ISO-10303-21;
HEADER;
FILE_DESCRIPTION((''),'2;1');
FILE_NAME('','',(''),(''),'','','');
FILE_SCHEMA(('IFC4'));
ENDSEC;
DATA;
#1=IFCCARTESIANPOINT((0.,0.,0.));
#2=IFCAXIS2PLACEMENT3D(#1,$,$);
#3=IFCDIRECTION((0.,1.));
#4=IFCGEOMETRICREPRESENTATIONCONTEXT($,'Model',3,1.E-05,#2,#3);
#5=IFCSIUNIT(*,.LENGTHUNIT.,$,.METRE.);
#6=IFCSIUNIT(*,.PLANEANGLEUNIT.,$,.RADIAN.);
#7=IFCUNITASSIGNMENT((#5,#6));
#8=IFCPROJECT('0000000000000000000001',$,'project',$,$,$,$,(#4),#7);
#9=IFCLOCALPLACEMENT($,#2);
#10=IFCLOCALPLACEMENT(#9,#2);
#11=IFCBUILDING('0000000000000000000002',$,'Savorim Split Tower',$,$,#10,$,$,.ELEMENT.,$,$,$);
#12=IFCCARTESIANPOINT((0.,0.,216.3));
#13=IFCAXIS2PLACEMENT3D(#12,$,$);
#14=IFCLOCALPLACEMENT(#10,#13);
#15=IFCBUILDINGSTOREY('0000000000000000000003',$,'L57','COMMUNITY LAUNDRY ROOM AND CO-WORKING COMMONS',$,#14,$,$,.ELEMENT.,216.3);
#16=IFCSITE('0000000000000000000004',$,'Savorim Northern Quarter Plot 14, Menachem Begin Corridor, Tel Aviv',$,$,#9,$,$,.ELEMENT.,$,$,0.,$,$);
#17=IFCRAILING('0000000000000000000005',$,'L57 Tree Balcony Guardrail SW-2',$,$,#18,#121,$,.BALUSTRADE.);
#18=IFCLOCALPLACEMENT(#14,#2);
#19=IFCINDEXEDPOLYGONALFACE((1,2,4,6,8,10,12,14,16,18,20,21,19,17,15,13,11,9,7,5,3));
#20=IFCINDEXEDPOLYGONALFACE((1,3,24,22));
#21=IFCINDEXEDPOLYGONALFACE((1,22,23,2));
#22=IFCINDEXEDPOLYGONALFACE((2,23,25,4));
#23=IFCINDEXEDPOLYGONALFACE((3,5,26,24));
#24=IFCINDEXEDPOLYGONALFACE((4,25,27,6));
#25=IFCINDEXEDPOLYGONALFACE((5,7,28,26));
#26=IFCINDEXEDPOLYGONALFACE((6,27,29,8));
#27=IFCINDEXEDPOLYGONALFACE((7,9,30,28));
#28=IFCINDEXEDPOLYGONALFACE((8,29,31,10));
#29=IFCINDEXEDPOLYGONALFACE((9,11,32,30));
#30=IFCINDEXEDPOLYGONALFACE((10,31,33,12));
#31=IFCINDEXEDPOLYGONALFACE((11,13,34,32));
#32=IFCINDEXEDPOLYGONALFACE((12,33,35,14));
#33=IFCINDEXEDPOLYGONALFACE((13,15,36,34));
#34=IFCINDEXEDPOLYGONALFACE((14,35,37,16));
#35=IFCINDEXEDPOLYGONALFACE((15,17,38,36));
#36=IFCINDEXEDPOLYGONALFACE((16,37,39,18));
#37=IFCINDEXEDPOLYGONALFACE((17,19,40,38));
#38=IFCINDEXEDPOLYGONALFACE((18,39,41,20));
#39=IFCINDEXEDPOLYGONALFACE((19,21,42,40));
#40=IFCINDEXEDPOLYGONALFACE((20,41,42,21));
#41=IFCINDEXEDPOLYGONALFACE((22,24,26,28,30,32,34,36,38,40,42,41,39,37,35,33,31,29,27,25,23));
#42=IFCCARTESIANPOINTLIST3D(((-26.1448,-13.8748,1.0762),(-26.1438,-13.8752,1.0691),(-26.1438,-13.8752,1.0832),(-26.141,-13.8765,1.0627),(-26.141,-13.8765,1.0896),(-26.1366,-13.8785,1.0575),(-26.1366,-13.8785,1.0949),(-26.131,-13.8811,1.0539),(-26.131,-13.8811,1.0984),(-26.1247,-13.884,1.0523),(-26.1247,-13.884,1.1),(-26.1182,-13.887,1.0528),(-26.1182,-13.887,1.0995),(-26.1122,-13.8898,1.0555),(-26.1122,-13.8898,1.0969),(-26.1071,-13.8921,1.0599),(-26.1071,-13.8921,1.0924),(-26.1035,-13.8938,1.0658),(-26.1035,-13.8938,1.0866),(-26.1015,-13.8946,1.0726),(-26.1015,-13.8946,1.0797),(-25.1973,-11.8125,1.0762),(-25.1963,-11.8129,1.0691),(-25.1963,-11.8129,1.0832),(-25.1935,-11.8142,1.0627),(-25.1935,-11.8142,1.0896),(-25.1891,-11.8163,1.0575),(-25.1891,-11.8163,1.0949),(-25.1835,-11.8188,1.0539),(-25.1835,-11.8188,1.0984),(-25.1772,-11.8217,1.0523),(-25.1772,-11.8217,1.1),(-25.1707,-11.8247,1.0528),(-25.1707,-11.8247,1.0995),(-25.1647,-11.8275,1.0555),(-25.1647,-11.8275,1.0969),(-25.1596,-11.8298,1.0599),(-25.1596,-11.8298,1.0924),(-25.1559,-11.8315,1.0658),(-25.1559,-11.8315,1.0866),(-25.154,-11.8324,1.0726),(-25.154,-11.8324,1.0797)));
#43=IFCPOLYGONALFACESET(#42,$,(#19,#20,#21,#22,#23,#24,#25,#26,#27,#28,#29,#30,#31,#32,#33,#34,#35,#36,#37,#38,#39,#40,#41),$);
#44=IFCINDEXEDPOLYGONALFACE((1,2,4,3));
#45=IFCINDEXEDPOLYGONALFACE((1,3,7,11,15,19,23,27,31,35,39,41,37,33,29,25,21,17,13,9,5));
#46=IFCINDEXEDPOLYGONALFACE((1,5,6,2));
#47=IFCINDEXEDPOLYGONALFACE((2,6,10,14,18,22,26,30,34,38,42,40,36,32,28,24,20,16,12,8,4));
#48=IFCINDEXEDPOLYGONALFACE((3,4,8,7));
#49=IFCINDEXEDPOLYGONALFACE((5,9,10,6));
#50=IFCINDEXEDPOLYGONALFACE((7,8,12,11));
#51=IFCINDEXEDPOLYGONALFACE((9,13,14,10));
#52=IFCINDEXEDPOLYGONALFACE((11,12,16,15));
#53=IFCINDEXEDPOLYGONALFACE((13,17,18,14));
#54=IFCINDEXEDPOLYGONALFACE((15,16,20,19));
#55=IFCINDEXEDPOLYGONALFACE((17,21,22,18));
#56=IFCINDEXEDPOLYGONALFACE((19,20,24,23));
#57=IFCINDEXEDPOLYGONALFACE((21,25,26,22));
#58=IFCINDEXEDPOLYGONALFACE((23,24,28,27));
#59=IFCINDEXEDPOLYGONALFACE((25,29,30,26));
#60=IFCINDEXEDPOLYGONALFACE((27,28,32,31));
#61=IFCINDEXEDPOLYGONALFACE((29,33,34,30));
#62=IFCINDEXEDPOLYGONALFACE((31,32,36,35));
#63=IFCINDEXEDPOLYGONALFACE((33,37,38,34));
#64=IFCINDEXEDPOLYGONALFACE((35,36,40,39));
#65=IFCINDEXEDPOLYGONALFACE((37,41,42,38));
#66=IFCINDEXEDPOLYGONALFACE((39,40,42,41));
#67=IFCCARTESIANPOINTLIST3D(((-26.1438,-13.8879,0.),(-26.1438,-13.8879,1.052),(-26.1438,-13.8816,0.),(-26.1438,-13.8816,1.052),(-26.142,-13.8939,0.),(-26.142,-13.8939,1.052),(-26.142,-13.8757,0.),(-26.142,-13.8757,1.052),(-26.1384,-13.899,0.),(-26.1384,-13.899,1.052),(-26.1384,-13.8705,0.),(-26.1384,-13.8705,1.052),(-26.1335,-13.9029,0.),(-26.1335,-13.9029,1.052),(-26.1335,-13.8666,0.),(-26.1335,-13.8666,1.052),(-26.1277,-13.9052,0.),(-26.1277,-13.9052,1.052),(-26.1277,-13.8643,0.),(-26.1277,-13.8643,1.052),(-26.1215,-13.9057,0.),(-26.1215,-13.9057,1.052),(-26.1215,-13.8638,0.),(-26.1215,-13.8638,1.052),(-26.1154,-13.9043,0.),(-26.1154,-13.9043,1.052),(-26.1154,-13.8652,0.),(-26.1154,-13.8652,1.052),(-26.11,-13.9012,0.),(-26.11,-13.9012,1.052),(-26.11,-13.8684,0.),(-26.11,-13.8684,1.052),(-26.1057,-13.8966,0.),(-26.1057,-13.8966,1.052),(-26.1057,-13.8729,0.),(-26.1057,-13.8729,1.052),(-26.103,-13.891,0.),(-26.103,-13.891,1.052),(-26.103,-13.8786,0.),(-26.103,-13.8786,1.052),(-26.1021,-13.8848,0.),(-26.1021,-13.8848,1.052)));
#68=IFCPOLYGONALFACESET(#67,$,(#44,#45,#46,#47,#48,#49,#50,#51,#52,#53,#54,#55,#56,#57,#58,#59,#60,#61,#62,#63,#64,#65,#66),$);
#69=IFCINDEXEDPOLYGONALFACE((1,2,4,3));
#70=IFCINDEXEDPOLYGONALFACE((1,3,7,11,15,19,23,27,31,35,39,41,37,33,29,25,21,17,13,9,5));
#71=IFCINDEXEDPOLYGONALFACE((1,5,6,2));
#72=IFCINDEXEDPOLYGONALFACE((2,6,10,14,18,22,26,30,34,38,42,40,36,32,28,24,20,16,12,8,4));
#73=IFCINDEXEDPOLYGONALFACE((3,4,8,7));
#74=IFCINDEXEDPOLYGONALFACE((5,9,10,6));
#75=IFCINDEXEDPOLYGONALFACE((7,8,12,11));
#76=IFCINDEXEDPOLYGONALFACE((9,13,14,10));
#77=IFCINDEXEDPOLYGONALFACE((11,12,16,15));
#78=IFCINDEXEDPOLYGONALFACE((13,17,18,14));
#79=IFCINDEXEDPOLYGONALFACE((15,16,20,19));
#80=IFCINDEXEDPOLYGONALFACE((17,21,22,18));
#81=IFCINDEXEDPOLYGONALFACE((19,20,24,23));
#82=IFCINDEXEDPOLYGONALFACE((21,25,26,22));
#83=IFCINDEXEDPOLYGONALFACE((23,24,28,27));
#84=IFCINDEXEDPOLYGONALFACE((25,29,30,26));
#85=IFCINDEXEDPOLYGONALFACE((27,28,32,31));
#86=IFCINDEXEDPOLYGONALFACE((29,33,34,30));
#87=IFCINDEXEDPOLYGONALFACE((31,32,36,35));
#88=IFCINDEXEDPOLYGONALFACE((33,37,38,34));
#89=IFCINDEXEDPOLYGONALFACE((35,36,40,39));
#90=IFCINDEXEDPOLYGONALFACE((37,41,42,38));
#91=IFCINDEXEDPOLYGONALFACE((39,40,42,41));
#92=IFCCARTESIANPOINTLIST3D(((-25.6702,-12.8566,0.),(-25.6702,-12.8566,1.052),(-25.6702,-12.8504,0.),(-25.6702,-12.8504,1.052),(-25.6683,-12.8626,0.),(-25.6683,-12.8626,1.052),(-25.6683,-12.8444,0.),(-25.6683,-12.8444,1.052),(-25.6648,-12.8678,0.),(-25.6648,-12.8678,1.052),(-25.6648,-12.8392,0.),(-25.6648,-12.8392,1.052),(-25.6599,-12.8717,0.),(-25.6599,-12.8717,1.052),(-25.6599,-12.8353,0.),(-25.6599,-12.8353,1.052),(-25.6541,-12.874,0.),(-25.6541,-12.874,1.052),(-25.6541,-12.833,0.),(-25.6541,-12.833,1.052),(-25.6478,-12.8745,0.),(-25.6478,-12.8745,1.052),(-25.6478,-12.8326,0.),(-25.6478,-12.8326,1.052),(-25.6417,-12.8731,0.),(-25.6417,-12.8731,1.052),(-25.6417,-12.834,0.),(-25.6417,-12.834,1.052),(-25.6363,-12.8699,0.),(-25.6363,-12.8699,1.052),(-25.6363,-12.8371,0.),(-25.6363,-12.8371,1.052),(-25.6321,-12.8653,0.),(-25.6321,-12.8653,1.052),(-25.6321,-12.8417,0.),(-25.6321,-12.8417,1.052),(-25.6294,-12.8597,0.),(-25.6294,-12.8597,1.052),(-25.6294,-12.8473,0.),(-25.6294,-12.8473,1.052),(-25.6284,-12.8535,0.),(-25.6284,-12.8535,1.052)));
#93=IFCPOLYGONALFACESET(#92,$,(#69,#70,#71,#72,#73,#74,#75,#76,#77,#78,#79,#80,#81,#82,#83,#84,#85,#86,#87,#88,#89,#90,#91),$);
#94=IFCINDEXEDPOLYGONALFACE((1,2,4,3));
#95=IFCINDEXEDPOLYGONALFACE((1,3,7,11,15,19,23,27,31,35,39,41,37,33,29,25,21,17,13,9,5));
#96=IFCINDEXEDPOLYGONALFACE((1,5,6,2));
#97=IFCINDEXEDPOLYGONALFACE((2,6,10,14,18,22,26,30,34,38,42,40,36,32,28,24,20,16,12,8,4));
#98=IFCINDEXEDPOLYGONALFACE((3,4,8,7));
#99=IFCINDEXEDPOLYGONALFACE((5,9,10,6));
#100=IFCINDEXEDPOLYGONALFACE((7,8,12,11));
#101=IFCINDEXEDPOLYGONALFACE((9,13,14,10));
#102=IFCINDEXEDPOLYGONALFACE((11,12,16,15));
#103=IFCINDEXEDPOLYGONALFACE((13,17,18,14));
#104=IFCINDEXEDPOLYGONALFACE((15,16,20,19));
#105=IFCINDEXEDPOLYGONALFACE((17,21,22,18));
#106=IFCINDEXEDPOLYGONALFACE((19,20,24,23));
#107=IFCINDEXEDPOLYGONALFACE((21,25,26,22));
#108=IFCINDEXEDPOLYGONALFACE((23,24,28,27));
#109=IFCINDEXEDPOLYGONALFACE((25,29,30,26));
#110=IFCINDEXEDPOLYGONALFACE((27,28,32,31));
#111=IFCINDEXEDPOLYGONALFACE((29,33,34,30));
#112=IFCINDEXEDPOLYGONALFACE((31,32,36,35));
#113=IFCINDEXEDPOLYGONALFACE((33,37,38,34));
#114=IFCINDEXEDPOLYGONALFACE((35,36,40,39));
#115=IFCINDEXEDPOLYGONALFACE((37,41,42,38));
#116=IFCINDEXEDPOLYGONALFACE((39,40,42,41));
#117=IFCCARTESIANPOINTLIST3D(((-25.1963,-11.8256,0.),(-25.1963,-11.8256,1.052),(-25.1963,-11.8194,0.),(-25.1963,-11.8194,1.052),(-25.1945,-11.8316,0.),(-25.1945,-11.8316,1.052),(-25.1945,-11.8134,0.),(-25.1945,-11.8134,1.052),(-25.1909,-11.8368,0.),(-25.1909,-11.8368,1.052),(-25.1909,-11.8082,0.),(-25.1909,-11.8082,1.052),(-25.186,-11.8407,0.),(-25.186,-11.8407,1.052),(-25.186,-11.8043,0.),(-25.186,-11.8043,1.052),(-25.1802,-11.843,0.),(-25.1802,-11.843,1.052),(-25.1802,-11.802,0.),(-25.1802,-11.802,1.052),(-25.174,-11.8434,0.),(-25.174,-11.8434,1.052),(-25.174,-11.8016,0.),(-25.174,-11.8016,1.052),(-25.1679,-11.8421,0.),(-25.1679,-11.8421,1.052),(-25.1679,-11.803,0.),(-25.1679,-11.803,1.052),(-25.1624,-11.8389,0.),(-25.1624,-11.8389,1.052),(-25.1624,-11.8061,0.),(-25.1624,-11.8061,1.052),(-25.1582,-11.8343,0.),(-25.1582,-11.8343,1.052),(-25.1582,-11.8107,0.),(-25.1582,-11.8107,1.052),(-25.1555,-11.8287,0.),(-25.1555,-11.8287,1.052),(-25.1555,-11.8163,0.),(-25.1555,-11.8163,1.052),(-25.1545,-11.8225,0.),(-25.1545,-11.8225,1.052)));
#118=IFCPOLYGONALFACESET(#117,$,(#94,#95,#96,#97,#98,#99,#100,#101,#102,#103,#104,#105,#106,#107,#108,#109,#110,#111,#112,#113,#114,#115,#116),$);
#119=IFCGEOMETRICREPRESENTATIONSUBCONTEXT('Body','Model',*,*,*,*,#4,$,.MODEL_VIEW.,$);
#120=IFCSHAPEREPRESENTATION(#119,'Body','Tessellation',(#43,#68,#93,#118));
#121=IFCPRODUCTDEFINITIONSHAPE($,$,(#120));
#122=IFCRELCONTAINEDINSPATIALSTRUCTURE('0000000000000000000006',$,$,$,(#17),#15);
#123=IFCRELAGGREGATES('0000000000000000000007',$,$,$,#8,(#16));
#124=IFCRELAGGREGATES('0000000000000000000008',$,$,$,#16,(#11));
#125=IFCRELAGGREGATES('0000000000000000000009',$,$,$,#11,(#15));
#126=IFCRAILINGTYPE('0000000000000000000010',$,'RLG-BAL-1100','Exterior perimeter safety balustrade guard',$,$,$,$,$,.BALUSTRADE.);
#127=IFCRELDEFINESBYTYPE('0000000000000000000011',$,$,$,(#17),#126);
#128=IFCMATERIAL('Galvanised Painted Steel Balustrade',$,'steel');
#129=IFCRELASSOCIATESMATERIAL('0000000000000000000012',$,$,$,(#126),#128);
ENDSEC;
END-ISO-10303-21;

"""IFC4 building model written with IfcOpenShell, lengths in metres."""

from ifc_helpers import new_model, si_unit, direction, frame, origin, origin_2d, place, context, subcontext, project, spatial, circle, extrude, material, type_object, element, save


model = new_model("IFC4")

# Units and contexts
model_context = context("Model", 3, precision=1e-05, world=origin(), true_north=direction((0.0, 1.0)))
body_context = subcontext(model_context, "Body", "Model", "MODEL_VIEW")
ifc_project = project(units=[si_unit("LENGTHUNIT", "METRE"), si_unit("PLANEANGLEUNIT", "RADIAN")], contexts=[model_context])

# Site, building, storey
site_placement = place(None, origin())
site = spatial("IfcSite", under=ifc_project, at=site_placement, Name="Savorim Northern Quarter Plot 14, Menachem Begin Corridor, Tel Aviv", CompositionType="ELEMENT", RefElevation=0.0)
building_placement = place(site_placement, origin())
building = spatial("IfcBuilding", under=site, at=building_placement, Name="Savorim Split Tower", CompositionType="ELEMENT")
storey_placement = place(building_placement, frame((0.0, 0.0, 216.3)))
storey = spatial("IfcBuildingStorey", under=building, at=storey_placement, Name="L57", Description="COMMUNITY LAUNDRY ROOM AND CO-WORKING COMMONS", CompositionType="ELEMENT", Elevation=216.3)

# Railing
ifc_material_1 = material(Name="Galvanised Painted Steel Balustrade", Category="steel")
railing_type = type_object("IfcRailingType", Name="RLG-BAL-1100", Description="Exterior perimeter safety balustrade guard", PredefinedType="BALUSTRADE", material=ifc_material_1)
railing_1_placement = place(storey_placement, frame((-26.123, -13.8848, 0.0)))
element("IfcRailing", 1, at=railing_1_placement, inside=storey, type_object=railing_type, Name="L57 Tree Balcony Guardrail SW-2", PredefinedType="BALUSTRADE", context=body_context, shape_type="SweptSolid", body=[
    extrude(circle(Radius=0.0239, at=origin_2d()), frame((0.0, 0.0, 1.0762), z_axis=(0.417495, 0.908679, 0.0), x_axis=(-0.908679, 0.417495, 0.0)), (0.0, 0.0, 1.0), 2.2695),
    extrude(circle(Radius=0.021, at=origin_2d()), origin(), (0.0, 0.0, 1.0), 1.052),
    extrude(circle(Radius=0.021, at=origin_2d()), frame((0.4736, 1.0312, 0.0)), (0.0, 0.0, 1.0), 1.052),
    extrude(circle(Radius=0.021, at=origin_2d()), frame((0.9475, 2.0623, 0.0)), (0.0, 0.0, 1.0), 1.052),
])

save(model, "model.ifc")
